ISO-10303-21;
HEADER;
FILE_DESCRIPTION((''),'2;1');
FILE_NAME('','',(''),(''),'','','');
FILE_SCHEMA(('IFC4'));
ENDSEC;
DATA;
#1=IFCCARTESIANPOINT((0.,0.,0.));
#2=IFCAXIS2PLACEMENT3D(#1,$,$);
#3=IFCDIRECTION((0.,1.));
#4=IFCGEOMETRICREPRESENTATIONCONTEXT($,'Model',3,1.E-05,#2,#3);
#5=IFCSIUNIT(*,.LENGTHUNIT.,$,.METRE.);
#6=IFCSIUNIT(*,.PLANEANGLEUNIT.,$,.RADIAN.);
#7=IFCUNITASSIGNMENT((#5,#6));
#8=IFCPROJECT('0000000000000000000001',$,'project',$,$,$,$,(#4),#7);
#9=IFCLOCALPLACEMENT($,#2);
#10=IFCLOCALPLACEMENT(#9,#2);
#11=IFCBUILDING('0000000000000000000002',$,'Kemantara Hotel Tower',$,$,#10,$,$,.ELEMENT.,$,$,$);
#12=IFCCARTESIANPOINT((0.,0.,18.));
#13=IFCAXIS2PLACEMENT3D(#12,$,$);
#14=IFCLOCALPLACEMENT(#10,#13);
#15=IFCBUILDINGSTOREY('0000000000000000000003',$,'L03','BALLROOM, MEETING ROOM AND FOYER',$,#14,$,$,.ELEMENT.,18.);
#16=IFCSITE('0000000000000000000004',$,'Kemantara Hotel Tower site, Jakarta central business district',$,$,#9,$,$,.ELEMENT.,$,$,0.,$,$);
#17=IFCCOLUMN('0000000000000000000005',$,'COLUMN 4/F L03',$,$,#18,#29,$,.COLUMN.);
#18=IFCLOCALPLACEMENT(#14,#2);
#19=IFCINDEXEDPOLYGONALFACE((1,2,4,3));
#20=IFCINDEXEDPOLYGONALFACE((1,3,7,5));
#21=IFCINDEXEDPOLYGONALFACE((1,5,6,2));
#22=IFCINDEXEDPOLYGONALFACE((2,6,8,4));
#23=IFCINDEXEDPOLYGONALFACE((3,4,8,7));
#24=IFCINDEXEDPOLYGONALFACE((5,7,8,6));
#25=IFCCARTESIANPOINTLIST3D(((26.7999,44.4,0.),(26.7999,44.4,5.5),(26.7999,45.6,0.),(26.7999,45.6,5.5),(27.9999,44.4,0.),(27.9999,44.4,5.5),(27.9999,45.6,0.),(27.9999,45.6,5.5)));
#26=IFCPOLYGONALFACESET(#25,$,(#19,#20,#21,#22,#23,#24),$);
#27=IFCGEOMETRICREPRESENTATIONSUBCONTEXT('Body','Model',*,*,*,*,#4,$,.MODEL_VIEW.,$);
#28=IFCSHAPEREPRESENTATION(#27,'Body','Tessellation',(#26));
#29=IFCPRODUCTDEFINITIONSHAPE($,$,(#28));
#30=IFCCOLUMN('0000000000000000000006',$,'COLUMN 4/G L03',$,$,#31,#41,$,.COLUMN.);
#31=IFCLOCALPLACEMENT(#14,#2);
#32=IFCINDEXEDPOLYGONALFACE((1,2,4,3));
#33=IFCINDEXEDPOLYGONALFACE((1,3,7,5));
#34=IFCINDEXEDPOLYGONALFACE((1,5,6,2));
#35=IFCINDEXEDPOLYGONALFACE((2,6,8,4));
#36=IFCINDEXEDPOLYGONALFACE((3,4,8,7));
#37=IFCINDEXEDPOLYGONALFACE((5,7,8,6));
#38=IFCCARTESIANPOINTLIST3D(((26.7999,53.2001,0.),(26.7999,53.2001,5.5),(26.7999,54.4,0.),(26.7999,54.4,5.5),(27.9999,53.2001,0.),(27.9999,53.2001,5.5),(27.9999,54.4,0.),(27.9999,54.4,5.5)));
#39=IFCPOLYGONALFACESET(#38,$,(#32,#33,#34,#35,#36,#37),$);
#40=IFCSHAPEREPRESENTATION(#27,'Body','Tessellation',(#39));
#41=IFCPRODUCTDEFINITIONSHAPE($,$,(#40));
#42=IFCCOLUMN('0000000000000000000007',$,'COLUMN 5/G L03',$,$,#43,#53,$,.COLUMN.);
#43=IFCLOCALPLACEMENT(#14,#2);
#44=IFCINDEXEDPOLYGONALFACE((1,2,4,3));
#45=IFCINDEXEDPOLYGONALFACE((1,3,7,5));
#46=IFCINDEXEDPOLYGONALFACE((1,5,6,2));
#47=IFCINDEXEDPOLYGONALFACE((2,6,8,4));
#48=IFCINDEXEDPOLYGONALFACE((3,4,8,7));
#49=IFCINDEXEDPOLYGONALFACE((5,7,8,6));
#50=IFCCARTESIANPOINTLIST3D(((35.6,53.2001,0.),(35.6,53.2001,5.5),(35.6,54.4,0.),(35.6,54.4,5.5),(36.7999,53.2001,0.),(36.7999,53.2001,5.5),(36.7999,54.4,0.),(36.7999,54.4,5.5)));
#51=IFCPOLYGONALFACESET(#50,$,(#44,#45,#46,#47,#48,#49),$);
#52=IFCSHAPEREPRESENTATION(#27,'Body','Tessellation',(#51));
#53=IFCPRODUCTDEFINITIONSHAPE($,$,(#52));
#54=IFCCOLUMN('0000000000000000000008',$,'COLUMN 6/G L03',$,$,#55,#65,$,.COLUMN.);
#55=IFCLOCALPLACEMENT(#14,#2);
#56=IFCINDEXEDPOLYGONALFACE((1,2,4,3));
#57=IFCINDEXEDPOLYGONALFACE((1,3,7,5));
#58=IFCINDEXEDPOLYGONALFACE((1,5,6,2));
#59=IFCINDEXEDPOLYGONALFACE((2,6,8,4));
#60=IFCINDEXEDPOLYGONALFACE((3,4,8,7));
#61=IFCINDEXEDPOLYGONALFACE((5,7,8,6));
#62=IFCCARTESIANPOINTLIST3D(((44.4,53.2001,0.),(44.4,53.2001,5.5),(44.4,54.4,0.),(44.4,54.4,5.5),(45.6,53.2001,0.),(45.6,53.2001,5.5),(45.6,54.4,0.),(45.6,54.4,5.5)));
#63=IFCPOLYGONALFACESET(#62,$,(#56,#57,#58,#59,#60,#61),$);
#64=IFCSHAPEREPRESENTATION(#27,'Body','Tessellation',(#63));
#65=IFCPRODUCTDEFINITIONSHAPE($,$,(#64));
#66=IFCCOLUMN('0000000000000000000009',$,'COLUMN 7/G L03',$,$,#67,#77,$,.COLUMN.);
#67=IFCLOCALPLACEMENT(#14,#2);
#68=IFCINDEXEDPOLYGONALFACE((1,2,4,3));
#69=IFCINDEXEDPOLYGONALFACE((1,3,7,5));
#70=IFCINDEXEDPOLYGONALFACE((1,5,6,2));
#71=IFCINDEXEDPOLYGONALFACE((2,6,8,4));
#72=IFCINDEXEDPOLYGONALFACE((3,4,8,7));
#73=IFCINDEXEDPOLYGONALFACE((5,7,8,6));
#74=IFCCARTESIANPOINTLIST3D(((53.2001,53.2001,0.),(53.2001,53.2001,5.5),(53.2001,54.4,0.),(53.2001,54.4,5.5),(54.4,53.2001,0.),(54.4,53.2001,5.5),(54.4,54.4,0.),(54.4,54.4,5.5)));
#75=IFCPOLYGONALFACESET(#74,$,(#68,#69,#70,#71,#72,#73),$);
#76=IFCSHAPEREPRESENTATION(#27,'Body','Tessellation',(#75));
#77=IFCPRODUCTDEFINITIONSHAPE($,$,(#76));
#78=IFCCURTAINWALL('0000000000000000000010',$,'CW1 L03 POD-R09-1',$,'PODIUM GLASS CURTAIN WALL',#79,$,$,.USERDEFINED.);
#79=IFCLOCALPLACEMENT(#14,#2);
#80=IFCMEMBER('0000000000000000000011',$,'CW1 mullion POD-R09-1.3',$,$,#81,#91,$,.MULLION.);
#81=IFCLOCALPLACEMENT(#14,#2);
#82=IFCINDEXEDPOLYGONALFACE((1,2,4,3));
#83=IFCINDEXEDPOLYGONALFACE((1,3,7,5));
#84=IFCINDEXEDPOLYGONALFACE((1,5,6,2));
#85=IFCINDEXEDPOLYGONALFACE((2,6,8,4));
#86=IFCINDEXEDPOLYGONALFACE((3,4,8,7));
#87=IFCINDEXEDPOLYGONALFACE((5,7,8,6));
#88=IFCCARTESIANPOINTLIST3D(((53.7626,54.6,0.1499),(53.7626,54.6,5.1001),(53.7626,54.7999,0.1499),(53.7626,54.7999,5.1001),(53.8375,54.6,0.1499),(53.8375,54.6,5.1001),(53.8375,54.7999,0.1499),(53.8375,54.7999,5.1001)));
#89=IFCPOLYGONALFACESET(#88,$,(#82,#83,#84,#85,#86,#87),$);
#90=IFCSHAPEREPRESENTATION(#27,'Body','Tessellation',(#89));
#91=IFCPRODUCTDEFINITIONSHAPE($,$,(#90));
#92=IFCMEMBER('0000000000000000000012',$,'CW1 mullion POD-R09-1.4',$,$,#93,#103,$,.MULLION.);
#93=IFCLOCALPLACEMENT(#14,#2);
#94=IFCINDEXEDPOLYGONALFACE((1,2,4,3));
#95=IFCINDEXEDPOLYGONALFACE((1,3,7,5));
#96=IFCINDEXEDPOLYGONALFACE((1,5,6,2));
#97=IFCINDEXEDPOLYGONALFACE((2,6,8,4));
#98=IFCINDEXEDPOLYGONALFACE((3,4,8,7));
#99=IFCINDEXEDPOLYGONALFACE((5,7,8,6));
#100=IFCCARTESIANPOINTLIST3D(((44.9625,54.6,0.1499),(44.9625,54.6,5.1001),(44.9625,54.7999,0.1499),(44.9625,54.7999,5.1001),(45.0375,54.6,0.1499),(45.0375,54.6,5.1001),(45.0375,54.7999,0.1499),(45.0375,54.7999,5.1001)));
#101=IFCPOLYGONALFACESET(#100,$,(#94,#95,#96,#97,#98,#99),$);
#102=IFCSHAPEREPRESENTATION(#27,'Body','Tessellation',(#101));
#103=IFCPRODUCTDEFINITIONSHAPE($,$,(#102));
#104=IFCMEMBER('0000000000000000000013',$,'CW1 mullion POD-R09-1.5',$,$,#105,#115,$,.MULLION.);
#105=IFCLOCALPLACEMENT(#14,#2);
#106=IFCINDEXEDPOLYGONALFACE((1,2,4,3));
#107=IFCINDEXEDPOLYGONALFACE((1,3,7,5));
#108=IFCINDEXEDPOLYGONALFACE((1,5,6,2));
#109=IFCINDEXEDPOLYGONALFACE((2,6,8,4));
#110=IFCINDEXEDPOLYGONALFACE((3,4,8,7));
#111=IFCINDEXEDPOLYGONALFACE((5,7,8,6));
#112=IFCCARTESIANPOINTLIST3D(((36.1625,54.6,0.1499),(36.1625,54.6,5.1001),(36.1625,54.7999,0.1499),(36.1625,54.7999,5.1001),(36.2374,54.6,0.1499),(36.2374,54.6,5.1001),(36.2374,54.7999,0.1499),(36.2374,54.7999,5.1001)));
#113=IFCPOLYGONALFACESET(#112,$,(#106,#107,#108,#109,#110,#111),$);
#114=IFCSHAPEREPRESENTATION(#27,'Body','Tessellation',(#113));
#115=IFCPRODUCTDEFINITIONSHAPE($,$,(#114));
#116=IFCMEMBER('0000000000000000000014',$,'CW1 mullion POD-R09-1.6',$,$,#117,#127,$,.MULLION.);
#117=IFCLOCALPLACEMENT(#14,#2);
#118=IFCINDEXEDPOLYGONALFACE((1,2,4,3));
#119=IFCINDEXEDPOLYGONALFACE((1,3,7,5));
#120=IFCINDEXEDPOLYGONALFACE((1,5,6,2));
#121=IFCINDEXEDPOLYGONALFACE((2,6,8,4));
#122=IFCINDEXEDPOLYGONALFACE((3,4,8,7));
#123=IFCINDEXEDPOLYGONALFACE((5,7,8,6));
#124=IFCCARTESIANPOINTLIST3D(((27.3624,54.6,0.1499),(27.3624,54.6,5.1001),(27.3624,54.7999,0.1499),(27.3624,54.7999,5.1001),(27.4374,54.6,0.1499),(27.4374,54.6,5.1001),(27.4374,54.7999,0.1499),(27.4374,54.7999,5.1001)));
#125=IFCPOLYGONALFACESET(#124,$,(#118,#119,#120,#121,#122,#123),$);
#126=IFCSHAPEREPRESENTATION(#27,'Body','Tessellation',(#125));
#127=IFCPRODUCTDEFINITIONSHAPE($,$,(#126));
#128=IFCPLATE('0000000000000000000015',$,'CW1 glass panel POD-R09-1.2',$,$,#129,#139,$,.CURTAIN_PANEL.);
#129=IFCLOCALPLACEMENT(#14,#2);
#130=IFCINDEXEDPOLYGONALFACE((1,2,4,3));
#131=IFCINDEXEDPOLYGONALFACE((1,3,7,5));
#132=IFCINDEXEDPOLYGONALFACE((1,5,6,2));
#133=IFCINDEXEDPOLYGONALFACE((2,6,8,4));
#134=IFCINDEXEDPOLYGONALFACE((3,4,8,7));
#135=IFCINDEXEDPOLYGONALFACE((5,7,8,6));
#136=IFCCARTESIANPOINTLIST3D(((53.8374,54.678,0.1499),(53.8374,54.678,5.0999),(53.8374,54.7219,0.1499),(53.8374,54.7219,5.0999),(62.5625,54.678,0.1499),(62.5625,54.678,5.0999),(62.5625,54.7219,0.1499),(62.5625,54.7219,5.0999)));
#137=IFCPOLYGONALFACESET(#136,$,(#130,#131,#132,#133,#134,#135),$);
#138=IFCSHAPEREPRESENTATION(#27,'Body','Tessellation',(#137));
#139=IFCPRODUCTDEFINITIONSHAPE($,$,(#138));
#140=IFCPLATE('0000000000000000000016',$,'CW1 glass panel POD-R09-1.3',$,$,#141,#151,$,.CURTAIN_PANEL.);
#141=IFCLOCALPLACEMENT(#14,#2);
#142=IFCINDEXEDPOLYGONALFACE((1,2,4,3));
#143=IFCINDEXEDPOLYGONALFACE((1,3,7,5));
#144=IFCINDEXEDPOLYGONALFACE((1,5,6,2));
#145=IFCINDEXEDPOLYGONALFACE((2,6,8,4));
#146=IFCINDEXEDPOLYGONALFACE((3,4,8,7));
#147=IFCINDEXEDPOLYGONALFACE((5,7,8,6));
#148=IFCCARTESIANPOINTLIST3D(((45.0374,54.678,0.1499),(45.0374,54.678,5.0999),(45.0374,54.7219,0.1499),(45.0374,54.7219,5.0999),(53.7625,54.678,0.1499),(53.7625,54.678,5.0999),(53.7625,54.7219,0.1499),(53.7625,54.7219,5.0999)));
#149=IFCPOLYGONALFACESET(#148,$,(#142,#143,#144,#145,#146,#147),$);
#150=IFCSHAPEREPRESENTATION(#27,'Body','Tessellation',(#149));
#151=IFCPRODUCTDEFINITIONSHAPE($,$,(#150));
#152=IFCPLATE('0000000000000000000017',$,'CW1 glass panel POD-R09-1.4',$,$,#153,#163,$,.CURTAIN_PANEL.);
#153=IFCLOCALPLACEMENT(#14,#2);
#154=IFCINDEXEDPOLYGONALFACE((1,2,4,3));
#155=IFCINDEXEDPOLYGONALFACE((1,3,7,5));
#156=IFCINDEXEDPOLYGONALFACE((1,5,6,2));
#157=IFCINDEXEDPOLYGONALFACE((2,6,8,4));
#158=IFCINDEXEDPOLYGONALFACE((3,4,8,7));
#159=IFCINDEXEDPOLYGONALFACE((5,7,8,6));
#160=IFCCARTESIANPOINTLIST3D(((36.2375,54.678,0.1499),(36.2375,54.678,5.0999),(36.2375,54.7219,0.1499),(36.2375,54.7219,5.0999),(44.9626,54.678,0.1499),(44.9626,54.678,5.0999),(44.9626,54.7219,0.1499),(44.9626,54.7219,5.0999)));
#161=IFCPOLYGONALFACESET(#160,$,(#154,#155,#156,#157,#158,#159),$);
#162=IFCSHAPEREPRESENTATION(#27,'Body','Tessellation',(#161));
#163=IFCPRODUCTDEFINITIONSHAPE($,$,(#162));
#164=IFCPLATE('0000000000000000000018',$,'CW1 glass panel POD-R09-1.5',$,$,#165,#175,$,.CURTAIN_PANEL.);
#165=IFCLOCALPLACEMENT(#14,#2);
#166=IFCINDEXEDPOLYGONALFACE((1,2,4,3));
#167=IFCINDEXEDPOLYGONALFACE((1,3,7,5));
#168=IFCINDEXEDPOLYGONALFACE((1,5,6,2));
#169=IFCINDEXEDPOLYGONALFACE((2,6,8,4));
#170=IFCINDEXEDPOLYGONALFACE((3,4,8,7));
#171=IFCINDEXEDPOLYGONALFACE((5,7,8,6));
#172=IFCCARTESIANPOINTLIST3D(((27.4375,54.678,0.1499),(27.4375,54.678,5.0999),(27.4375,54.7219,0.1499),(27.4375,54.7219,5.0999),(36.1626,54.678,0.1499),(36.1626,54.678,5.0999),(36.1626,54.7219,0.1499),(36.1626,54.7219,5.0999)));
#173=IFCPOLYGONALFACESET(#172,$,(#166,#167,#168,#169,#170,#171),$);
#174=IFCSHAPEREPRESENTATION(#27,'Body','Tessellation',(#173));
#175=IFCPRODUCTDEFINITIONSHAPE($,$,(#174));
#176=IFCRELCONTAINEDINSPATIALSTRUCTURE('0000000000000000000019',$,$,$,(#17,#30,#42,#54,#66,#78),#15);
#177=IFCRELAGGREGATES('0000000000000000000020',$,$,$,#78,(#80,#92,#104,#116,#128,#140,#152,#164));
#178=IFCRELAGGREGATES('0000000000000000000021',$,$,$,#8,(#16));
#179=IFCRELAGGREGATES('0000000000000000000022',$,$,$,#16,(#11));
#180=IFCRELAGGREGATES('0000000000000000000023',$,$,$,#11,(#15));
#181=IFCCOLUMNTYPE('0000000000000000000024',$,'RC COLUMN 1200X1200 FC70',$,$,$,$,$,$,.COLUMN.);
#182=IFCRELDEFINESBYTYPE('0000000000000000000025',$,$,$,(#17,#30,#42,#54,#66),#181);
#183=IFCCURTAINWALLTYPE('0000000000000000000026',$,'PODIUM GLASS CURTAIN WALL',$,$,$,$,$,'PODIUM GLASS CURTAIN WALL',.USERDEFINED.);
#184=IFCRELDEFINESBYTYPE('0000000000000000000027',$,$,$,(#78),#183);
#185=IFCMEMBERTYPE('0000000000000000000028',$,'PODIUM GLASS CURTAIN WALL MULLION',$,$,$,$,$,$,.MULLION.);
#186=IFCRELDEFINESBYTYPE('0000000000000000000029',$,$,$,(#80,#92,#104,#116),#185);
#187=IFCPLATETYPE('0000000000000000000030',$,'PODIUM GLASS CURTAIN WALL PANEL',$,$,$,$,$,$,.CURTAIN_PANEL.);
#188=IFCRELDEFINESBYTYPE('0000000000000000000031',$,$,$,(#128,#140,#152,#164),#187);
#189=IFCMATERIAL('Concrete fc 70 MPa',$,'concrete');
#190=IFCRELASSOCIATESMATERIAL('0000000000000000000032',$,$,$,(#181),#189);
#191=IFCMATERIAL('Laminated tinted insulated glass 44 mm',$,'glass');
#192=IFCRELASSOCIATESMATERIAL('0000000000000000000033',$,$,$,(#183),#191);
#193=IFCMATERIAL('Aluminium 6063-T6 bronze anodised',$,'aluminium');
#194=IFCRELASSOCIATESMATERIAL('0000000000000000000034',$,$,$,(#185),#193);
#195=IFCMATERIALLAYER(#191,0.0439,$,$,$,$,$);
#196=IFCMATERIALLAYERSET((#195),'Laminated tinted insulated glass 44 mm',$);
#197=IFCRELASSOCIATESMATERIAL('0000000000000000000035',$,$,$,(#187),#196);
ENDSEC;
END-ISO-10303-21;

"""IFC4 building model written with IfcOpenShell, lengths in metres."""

from ifc_helpers import new_model, si_unit, direction, frame, origin, origin_2d, place, context, subcontext, project, spatial, rectangle, extrude, source, transform, mapped, material, layer, layer_set, material_profile, profile_set, type_object, element, aggregate, save


model = new_model("IFC4")

# Units and contexts
model_context = context("Model", 3, precision=1e-05, world=origin(), true_north=direction((0.0, 1.0)))
body_context = subcontext(model_context, "Body", "Model", "MODEL_VIEW")
ifc_project = project(units=[si_unit("LENGTHUNIT", "METRE"), si_unit("PLANEANGLEUNIT", "RADIAN")], contexts=[model_context])

# Site, building, storey
site_placement = place(None, origin())
site = spatial("IfcSite", under=ifc_project, at=site_placement, Name="Kemantara Hotel Tower site, Jakarta central business district", CompositionType="ELEMENT", RefElevation=0.0)
building_placement = place(site_placement, origin())
building = spatial("IfcBuilding", under=site, at=building_placement, Name="Kemantara Hotel Tower", CompositionType="ELEMENT")
storey_placement = place(building_placement, frame((0.0, 0.0, 18.0)))
storey = spatial("IfcBuildingStorey", under=building, at=storey_placement, Name="L03", Description="BALLROOM, MEETING ROOM AND FOYER", CompositionType="ELEMENT", Elevation=18.0)

# Columns
ifc_material_1 = material(Name="Concrete fc 70 MPa", Category="concrete")
ifc_material_profile_1 = material_profile(ifc_material_1, rectangle(XDim=1.2, YDim=1.2, at=origin_2d()), Name="RC 1200X1200")
ifc_profile_set_1 = profile_set([ifc_material_profile_1], Name="Concrete fc 70 MPa")
column_type = type_object("IfcColumnType", Name="RC COLUMN 1200X1200 FC70", PredefinedType="COLUMN", material=ifc_profile_set_1)
for number, where, z_axis, x_axis, name in (
    (1, (27.3999, 45.0, 0.0), (0.0, 0.0, 1.0), (1.0, 0.0, 0.0), "COLUMN 4/F L03"),
    (2, (27.3999, 53.8, 0.0), (0.0, 0.0, 1.0), (1.0, 0.0, 0.0), "COLUMN 4/G L03"),
    (3, (36.2, 53.8, 0.0), (0.0, 0.0, 1.0), (1.0, 0.0, 0.0), "COLUMN 5/G L03"),
    (4, (45.0, 53.8, 0.0), (0.0, 0.0, 1.0), (1.0, 0.0, 0.0), "COLUMN 6/G L03"),
    (5, (53.8, 53.8, 0.0), (0.0, 0.0, 1.0), (1.0, 0.0, 0.0), "COLUMN 7/G L03"),
):
    element("IfcColumn", number, at=place(storey_placement, frame(where, z_axis=z_axis, x_axis=x_axis)), inside=storey, type_object=column_type, Name=name, PredefinedType="COLUMN", context=body_context, shape_type="SweptSolid", body=[
        extrude(rectangle(XDim=1.2, YDim=1.2, at=origin_2d()), origin(), (0.0, 0.0, 1.0), 5.5),
    ])

# Curtain wall, members, plates
ifc_material_2 = material(Name="Laminated tinted insulated glass 44 mm", Category="glass")
curtain_wall_type = type_object("IfcCurtainWallType", Name="PODIUM GLASS CURTAIN WALL", ElementType="PODIUM GLASS CURTAIN WALL", PredefinedType="USERDEFINED", material=ifc_material_2)
curtain_wall_placement = place(storey_placement, origin())
curtain_wall = element("IfcCurtainWall", 6, at=curtain_wall_placement, inside=storey, type_object=curtain_wall_type, Name="CW1 L03 POD-R09-1", ObjectType="PODIUM GLASS CURTAIN WALL", PredefinedType="USERDEFINED")
ifc_material_3 = material(Name="Aluminium 6063-T6 bronze anodised", Category="aluminium")
ifc_material_profile_2 = material_profile(ifc_material_3, rectangle(XDim=0.2, YDim=0.075, at=origin_2d()), Name="PODIUM GLASS CURTAIN WALL MULLION")
ifc_profile_set_2 = profile_set([ifc_material_profile_2], Name="Aluminium 6063-T6 bronze anodised")
member_type = type_object("IfcMemberType", Name="PODIUM GLASS CURTAIN WALL MULLION", PredefinedType="MULLION", material=ifc_profile_set_2)
shared_shape_1 = source(origin(), body_context, "Body", "SweptSolid", [
    extrude(rectangle(XDim=0.2, YDim=0.075, at=origin_2d()), origin(), (0.0, 0.0, 1.0), 4.9502),
])
member_1_placement = place(storey_placement, frame((53.8, 54.7, 0.1499), z_axis=(0.0, 0.0, 1.0), x_axis=(0.0, -1.0, 0.0)))
member_1 = element("IfcMember", 7, at=member_1_placement, type_object=member_type, Name="CW1 mullion POD-R09-1.3", PredefinedType="MULLION", context=body_context, shape_type="MappedRepresentation", body=[
    mapped(shared_shape_1, transform((0.0, 0.0, 0.0))),
])
member_2_placement = place(storey_placement, frame((45.0, 54.7, 0.1499), z_axis=(0.0, 0.0, 1.0), x_axis=(0.0, -1.0, 0.0)))
member_2 = element("IfcMember", 8, at=member_2_placement, type_object=member_type, Name="CW1 mullion POD-R09-1.4", PredefinedType="MULLION", context=body_context, shape_type="MappedRepresentation", body=[
    mapped(shared_shape_1, transform((0.0, 0.0, 0.0))),
])
member_3_placement = place(storey_placement, frame((36.2, 54.7, 0.1499), z_axis=(0.0, 0.0, 1.0), x_axis=(0.0, -1.0, 0.0)))
member_3 = element("IfcMember", 9, at=member_3_placement, type_object=member_type, Name="CW1 mullion POD-R09-1.5", PredefinedType="MULLION", context=body_context, shape_type="MappedRepresentation", body=[
    mapped(shared_shape_1, transform((0.0, 0.0, 0.0))),
])
member_4_placement = place(storey_placement, frame((27.3999, 54.7, 0.1499), z_axis=(0.0, 0.0, 1.0), x_axis=(0.0, -1.0, 0.0)))
member_4 = element("IfcMember", 10, at=member_4_placement, type_object=member_type, Name="CW1 mullion POD-R09-1.6", PredefinedType="MULLION", context=body_context, shape_type="MappedRepresentation", body=[
    mapped(shared_shape_1, transform((0.0, 0.0, 0.0))),
])
ifc_layer_1 = layer(ifc_material_2, 0.0439)
ifc_layer_set_1 = layer_set([ifc_layer_1], Name="Laminated tinted insulated glass 44 mm")
plate_type = type_object("IfcPlateType", Name="PODIUM GLASS CURTAIN WALL PANEL", PredefinedType="CURTAIN_PANEL", material=ifc_layer_set_1)
shared_shape_2 = source(origin(), body_context, "Body", "SweptSolid", [
    extrude(rectangle(XDim=8.7251, YDim=0.0439, at=origin_2d()), origin(), (0.0, 0.0, 1.0), 4.95),
])
plate_1_placement = place(storey_placement, frame((58.2, 54.7, 0.1499), z_axis=(0.0, 0.0, 1.0), x_axis=(-1.0, 0.0, 0.0)))
plate_1 = element("IfcPlate", 11, at=plate_1_placement, type_object=plate_type, Name="CW1 glass panel POD-R09-1.2", PredefinedType="CURTAIN_PANEL", context=body_context, shape_type="MappedRepresentation", body=[
    mapped(shared_shape_2, transform((0.0, 0.0, 0.0))),
])
plate_2_placement = place(storey_placement, frame((49.3999, 54.7, 0.1499), z_axis=(0.0, 0.0, 1.0), x_axis=(-1.0, 0.0, 0.0)))
plate_2 = element("IfcPlate", 12, at=plate_2_placement, type_object=plate_type, Name="CW1 glass panel POD-R09-1.3", PredefinedType="CURTAIN_PANEL", context=body_context, shape_type="MappedRepresentation", body=[
    mapped(shared_shape_2, transform((0.0, 0.0, 0.0))),
])
plate_3_placement = place(storey_placement, frame((40.6001, 54.7, 0.1499), z_axis=(0.0, 0.0, 1.0), x_axis=(-1.0, 0.0, 0.0)))
plate_3 = element("IfcPlate", 13, at=plate_3_placement, type_object=plate_type, Name="CW1 glass panel POD-R09-1.4", PredefinedType="CURTAIN_PANEL", context=body_context, shape_type="MappedRepresentation", body=[
    mapped(shared_shape_2, transform((0.0, 0.0, 0.0))),
])
plate_4_placement = place(storey_placement, frame((31.8, 54.7, 0.1499), z_axis=(0.0, 0.0, 1.0), x_axis=(-1.0, 0.0, 0.0)))
plate_4 = element("IfcPlate", 14, at=plate_4_placement, type_object=plate_type, Name="CW1 glass panel POD-R09-1.5", PredefinedType="CURTAIN_PANEL", context=body_context, shape_type="MappedRepresentation", body=[
    mapped(shared_shape_2, transform((0.0, 0.0, 0.0))),
])
aggregate(curtain_wall, [member_1, member_2, member_3, member_4, plate_1, plate_2, plate_3, plate_4])

save(model, "model.ifc")
